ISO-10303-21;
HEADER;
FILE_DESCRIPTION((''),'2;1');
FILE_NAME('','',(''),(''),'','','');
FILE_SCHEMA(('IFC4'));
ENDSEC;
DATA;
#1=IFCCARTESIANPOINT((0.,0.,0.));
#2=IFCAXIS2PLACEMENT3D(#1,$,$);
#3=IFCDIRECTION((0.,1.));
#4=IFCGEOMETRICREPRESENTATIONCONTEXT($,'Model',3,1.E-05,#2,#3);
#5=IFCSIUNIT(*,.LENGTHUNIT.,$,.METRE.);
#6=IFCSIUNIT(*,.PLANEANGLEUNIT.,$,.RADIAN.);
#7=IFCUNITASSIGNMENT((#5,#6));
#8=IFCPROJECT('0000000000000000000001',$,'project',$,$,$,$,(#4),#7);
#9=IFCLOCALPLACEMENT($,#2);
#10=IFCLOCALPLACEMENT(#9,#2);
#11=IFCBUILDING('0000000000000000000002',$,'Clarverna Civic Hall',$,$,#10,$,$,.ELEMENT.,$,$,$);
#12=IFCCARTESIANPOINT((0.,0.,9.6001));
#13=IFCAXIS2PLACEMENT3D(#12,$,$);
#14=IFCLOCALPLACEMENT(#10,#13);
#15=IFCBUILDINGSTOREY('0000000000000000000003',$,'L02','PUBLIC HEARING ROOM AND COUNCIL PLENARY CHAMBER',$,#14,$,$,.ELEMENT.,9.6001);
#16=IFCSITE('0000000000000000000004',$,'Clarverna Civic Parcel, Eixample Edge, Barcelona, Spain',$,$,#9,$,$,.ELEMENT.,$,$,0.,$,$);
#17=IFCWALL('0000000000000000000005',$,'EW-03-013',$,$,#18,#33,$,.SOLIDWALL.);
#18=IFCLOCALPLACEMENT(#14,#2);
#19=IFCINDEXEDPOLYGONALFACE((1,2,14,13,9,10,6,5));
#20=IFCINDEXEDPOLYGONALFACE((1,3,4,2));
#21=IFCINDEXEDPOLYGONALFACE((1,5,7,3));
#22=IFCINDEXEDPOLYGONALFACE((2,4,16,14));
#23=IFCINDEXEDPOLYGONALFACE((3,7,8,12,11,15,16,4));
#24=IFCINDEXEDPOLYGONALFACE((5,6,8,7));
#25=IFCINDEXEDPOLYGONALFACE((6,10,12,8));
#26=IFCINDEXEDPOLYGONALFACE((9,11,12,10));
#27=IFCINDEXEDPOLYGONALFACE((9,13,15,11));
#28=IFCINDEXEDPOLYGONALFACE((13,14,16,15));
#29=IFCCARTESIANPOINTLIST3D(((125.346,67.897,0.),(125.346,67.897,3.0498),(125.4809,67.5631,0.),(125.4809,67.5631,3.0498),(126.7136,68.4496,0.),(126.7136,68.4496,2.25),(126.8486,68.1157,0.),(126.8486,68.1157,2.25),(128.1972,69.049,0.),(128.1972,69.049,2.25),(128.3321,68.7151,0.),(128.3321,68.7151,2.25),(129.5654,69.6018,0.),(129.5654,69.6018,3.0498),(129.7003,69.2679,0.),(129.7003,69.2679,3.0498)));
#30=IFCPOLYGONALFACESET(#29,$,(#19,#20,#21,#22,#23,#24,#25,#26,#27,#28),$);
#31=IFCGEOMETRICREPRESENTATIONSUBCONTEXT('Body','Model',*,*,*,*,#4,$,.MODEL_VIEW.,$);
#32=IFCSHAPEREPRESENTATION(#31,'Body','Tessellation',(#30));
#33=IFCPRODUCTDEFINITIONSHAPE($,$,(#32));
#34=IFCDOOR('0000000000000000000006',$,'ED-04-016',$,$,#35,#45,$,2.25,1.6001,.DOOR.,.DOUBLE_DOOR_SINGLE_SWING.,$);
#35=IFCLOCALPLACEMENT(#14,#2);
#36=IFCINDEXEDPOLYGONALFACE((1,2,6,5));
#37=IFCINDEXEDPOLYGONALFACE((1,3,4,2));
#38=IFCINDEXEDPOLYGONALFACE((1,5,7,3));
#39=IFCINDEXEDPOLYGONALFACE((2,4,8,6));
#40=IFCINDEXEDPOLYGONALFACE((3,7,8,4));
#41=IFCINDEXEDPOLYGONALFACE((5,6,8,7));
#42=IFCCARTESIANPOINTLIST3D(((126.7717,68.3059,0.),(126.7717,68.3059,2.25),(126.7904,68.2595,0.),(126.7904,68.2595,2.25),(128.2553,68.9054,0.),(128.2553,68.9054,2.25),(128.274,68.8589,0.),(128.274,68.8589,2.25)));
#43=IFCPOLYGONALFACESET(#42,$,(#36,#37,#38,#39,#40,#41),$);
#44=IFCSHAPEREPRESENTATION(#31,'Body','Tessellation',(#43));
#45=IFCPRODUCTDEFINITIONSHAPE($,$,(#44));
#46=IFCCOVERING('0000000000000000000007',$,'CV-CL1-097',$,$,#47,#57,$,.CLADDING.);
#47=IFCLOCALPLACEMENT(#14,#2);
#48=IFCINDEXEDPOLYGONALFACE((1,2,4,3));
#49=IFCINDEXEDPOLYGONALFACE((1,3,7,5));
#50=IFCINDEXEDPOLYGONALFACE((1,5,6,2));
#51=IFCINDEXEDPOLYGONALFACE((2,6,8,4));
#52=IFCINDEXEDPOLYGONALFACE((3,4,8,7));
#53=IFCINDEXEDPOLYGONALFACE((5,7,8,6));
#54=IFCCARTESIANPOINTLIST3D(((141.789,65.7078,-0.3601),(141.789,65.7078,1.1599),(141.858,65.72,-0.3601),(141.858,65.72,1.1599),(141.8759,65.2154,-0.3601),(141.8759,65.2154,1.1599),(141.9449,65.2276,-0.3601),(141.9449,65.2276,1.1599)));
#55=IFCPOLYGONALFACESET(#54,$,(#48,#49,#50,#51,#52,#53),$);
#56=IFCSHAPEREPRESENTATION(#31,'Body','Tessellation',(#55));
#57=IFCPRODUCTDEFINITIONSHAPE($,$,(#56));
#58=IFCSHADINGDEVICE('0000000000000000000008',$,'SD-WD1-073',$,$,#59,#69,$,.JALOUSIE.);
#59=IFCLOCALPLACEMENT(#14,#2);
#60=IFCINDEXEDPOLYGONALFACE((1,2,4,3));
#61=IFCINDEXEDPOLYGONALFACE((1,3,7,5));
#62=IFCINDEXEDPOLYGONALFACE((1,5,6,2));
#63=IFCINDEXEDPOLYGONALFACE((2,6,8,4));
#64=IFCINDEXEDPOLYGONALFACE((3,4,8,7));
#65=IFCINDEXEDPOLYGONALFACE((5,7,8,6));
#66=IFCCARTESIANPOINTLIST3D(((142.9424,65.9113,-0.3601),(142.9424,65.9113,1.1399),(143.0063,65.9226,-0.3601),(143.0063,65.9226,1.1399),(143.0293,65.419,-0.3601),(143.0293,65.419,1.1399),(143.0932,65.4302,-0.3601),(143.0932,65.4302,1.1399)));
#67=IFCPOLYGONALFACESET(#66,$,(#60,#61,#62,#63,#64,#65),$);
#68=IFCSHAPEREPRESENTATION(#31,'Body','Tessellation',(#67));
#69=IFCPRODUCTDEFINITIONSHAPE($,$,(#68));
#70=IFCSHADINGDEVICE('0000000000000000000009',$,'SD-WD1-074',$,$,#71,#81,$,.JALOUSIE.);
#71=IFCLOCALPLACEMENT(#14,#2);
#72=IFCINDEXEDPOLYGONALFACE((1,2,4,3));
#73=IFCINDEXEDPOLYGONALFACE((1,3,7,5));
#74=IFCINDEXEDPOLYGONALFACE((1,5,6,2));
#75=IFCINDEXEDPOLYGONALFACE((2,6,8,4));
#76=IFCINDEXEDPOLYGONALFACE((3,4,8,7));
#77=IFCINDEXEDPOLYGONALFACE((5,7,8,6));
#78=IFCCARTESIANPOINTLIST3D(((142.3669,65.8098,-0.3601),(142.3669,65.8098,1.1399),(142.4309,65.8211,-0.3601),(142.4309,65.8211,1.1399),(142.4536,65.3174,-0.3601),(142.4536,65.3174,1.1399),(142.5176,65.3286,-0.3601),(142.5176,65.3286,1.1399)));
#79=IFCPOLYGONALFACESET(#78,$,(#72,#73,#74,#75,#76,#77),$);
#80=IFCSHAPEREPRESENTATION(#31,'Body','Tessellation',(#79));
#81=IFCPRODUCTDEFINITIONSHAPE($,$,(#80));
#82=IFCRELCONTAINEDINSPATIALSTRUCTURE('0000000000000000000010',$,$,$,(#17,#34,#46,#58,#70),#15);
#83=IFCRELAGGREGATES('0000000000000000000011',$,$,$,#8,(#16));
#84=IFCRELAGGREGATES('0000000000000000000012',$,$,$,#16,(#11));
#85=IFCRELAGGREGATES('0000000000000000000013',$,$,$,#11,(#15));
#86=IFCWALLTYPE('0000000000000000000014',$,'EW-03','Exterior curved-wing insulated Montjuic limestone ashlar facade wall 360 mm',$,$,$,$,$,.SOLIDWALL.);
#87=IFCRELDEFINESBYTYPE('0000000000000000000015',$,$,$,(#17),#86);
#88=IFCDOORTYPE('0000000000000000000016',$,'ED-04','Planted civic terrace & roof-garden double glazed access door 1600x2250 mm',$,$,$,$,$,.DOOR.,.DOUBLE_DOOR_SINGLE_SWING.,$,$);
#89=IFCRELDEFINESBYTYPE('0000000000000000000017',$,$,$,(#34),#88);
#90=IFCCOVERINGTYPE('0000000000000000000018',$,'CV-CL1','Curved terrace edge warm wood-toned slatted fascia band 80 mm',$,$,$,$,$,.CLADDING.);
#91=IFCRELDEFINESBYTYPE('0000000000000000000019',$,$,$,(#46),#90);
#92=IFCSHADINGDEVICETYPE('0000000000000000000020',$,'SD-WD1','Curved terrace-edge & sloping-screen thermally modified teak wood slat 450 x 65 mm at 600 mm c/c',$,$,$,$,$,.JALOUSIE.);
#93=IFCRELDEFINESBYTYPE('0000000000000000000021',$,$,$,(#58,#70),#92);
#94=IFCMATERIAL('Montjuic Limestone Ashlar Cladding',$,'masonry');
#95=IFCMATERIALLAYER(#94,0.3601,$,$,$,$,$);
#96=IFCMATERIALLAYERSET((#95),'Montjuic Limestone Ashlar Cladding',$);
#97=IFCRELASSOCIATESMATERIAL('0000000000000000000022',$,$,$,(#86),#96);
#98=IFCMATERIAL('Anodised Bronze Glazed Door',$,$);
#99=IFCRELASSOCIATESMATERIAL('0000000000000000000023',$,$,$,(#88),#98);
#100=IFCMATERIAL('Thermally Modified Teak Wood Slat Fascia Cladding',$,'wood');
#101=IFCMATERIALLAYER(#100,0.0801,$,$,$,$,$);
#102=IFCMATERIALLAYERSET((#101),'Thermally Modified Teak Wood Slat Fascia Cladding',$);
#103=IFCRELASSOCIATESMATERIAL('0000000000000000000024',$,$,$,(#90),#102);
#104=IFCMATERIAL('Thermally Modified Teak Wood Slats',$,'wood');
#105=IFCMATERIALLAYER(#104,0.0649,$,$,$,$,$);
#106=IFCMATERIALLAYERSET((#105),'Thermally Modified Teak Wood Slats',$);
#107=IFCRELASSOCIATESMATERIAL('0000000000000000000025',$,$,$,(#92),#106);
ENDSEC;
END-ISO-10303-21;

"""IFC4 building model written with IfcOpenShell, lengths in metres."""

from ifc_helpers import new_model, si_unit, direction, frame, frame_2d, origin, place, context, subcontext, project, spatial, rectangle, extrude, material, layer, layer_set, type_object, element, fill, save


model = new_model("IFC4")

# Units and contexts
model_context = context("Model", 3, precision=1e-05, world=origin(), true_north=direction((0.0, 1.0)))
body_context = subcontext(model_context, "Body", "Model", "MODEL_VIEW")
ifc_project = project(units=[si_unit("LENGTHUNIT", "METRE"), si_unit("PLANEANGLEUNIT", "RADIAN")], contexts=[model_context])

# Site, building, storey
site_placement = place(None, origin())
site = spatial("IfcSite", under=ifc_project, at=site_placement, Name="Clarverna Civic Parcel, Eixample Edge, Barcelona, Spain", CompositionType="ELEMENT", RefElevation=0.0)
building_placement = place(site_placement, origin())
building = spatial("IfcBuilding", under=site, at=building_placement, Name="Clarverna Civic Hall", CompositionType="ELEMENT")
storey_placement = place(building_placement, frame((0.0, 0.0, 9.6001)))
storey = spatial("IfcBuildingStorey", under=building, at=storey_placement, Name="L02", Description="PUBLIC HEARING ROOM AND COUNCIL PLENARY CHAMBER", CompositionType="ELEMENT", Elevation=9.6001)

# Wall, opening, door
ifc_material_1 = material(Name="Montjuic Limestone Ashlar Cladding", Category="masonry")
ifc_layer_1 = layer(ifc_material_1, 0.3601)
ifc_layer_set_1 = layer_set([ifc_layer_1], Name="Montjuic Limestone Ashlar Cladding")
wall_type = type_object("IfcWallType", Name="EW-03", Description="Exterior curved-wing insulated Montjuic limestone ashlar facade wall 360 mm", PredefinedType="SOLIDWALL", material=ifc_layer_set_1)
ifc_material_2 = material(Name="Anodised Bronze Glazed Door")
door_type = type_object("IfcDoorType", Name="ED-04", Description="Planted civic terrace & roof-garden double glazed access door 1600x2250 mm", OperationType="DOUBLE_DOOR_SINGLE_SWING", PredefinedType="DOOR", material=ifc_material_2)
wall_1_placement = place(storey_placement, frame((129.6328, 69.4348, 0.0), z_axis=(0.0, 0.0, 1.0), x_axis=(-0.92718, -0.374616, 0.0)))
wall_1 = element("IfcWall", 1, at=wall_1_placement, inside=storey, type_object=wall_type, Name="EW-03-013", PredefinedType="SOLIDWALL", context=body_context, shape_type="SweptSolid", body=[
    extrude(rectangle(XDim=4.5508, YDim=0.3601, at=frame_2d((2.2754, 0.0))), origin(), (0.0, 0.0, 1.0), 3.0498),
])
opening_1_placement = place(wall_1_placement, frame((1.4756, 0.0, 0.0)))
opening_1 = element("IfcOpeningElement", 2, at=opening_1_placement, cuts=wall_1, PredefinedType="OPENING", context=body_context, shape_type="SweptSolid", body=[
    extrude(rectangle(XDim=1.6001, YDim=2.25, at=frame_2d((0.8, 1.125))), frame((0.0, 0.1899, 0.0), z_axis=(0.0, -1.0, 0.0), x_axis=(1.0, 0.0, 0.0)), (0.0, 0.0, 1.0), 0.3801),
])
door_1_placement = place(opening_1_placement, origin())
door_1 = element("IfcDoor", 3, at=door_1_placement, inside=storey, type_object=door_type, Name="ED-04-016", OperationType="DOUBLE_DOOR_SINGLE_SWING", OverallHeight=2.25, OverallWidth=1.6001, PredefinedType="DOOR", context=body_context, shape_type="SweptSolid", body=[
    extrude(rectangle(XDim=1.6001, YDim=2.25, at=frame_2d((0.8, 1.125))), frame((0.0, 0.0249, 0.0), z_axis=(0.0, -1.0, 0.0), x_axis=(1.0, 0.0, 0.0)), (0.0, 0.0, 1.0), 0.05),
])
fill(opening_1, door_1)

# Covering
ifc_material_3 = material(Name="Thermally Modified Teak Wood Slat Fascia Cladding", Category="wood")
ifc_layer_2 = layer(ifc_material_3, 0.0801)
ifc_layer_set_2 = layer_set([ifc_layer_2], Name="Thermally Modified Teak Wood Slat Fascia Cladding")
covering_type = type_object("IfcCoveringType", Name="CV-CL1", Description="Curved terrace edge warm wood-toned slatted fascia band 80 mm", PredefinedType="CLADDING", material=ifc_layer_set_2)
covering_placement = place(storey_placement, frame((141.8235, 65.7139, -0.3601), z_axis=(0.0, 0.0, 1.0), x_axis=(0.173813, -0.984779, 0.0)))
element("IfcCovering", 4, at=covering_placement, inside=storey, type_object=covering_type, Name="CV-CL1-097", PredefinedType="CLADDING", context=body_context, shape_type="SweptSolid", body=[
    extrude(rectangle(XDim=0.5, YDim=0.0701, at=frame_2d((0.25, 0.0))), origin(), (0.0, 0.0, 1.0), 1.52),
])

# Shading devices
ifc_material_4 = material(Name="Thermally Modified Teak Wood Slats", Category="wood")
ifc_layer_3 = layer(ifc_material_4, 0.0649)
ifc_layer_set_3 = layer_set([ifc_layer_3], Name="Thermally Modified Teak Wood Slats")
shading_device_type = type_object("IfcShadingDeviceType", Name="SD-WD1", Description="Curved terrace-edge & sloping-screen thermally modified teak wood slat 450 x 65 mm at 600 mm c/c", PredefinedType="JALOUSIE", material=ifc_layer_set_3)
for number, where, z_axis, x_axis, name in (
    (5, (142.9744, 65.917, -0.3601), (0.0, 0.0, 1.0), (0.173813, -0.984779, 0.0), "SD-WD1-073"),
    (6, (142.3989, 65.8154, -0.3601), (0.0, 0.0, 1.0), (0.17334, -0.984862, 0.0), "SD-WD1-074"),
):
    element("IfcShadingDevice", number, at=place(storey_placement, frame(where, z_axis=z_axis, x_axis=x_axis)), inside=storey, type_object=shading_device_type, Name=name, PredefinedType="JALOUSIE", context=body_context, shape_type="SweptSolid", body=[
        extrude(rectangle(XDim=0.5, YDim=0.0649, at=frame_2d((0.25, 0.0))), origin(), (0.0, 0.0, 1.0), 1.5),
    ])

save(model, "model.ifc")
